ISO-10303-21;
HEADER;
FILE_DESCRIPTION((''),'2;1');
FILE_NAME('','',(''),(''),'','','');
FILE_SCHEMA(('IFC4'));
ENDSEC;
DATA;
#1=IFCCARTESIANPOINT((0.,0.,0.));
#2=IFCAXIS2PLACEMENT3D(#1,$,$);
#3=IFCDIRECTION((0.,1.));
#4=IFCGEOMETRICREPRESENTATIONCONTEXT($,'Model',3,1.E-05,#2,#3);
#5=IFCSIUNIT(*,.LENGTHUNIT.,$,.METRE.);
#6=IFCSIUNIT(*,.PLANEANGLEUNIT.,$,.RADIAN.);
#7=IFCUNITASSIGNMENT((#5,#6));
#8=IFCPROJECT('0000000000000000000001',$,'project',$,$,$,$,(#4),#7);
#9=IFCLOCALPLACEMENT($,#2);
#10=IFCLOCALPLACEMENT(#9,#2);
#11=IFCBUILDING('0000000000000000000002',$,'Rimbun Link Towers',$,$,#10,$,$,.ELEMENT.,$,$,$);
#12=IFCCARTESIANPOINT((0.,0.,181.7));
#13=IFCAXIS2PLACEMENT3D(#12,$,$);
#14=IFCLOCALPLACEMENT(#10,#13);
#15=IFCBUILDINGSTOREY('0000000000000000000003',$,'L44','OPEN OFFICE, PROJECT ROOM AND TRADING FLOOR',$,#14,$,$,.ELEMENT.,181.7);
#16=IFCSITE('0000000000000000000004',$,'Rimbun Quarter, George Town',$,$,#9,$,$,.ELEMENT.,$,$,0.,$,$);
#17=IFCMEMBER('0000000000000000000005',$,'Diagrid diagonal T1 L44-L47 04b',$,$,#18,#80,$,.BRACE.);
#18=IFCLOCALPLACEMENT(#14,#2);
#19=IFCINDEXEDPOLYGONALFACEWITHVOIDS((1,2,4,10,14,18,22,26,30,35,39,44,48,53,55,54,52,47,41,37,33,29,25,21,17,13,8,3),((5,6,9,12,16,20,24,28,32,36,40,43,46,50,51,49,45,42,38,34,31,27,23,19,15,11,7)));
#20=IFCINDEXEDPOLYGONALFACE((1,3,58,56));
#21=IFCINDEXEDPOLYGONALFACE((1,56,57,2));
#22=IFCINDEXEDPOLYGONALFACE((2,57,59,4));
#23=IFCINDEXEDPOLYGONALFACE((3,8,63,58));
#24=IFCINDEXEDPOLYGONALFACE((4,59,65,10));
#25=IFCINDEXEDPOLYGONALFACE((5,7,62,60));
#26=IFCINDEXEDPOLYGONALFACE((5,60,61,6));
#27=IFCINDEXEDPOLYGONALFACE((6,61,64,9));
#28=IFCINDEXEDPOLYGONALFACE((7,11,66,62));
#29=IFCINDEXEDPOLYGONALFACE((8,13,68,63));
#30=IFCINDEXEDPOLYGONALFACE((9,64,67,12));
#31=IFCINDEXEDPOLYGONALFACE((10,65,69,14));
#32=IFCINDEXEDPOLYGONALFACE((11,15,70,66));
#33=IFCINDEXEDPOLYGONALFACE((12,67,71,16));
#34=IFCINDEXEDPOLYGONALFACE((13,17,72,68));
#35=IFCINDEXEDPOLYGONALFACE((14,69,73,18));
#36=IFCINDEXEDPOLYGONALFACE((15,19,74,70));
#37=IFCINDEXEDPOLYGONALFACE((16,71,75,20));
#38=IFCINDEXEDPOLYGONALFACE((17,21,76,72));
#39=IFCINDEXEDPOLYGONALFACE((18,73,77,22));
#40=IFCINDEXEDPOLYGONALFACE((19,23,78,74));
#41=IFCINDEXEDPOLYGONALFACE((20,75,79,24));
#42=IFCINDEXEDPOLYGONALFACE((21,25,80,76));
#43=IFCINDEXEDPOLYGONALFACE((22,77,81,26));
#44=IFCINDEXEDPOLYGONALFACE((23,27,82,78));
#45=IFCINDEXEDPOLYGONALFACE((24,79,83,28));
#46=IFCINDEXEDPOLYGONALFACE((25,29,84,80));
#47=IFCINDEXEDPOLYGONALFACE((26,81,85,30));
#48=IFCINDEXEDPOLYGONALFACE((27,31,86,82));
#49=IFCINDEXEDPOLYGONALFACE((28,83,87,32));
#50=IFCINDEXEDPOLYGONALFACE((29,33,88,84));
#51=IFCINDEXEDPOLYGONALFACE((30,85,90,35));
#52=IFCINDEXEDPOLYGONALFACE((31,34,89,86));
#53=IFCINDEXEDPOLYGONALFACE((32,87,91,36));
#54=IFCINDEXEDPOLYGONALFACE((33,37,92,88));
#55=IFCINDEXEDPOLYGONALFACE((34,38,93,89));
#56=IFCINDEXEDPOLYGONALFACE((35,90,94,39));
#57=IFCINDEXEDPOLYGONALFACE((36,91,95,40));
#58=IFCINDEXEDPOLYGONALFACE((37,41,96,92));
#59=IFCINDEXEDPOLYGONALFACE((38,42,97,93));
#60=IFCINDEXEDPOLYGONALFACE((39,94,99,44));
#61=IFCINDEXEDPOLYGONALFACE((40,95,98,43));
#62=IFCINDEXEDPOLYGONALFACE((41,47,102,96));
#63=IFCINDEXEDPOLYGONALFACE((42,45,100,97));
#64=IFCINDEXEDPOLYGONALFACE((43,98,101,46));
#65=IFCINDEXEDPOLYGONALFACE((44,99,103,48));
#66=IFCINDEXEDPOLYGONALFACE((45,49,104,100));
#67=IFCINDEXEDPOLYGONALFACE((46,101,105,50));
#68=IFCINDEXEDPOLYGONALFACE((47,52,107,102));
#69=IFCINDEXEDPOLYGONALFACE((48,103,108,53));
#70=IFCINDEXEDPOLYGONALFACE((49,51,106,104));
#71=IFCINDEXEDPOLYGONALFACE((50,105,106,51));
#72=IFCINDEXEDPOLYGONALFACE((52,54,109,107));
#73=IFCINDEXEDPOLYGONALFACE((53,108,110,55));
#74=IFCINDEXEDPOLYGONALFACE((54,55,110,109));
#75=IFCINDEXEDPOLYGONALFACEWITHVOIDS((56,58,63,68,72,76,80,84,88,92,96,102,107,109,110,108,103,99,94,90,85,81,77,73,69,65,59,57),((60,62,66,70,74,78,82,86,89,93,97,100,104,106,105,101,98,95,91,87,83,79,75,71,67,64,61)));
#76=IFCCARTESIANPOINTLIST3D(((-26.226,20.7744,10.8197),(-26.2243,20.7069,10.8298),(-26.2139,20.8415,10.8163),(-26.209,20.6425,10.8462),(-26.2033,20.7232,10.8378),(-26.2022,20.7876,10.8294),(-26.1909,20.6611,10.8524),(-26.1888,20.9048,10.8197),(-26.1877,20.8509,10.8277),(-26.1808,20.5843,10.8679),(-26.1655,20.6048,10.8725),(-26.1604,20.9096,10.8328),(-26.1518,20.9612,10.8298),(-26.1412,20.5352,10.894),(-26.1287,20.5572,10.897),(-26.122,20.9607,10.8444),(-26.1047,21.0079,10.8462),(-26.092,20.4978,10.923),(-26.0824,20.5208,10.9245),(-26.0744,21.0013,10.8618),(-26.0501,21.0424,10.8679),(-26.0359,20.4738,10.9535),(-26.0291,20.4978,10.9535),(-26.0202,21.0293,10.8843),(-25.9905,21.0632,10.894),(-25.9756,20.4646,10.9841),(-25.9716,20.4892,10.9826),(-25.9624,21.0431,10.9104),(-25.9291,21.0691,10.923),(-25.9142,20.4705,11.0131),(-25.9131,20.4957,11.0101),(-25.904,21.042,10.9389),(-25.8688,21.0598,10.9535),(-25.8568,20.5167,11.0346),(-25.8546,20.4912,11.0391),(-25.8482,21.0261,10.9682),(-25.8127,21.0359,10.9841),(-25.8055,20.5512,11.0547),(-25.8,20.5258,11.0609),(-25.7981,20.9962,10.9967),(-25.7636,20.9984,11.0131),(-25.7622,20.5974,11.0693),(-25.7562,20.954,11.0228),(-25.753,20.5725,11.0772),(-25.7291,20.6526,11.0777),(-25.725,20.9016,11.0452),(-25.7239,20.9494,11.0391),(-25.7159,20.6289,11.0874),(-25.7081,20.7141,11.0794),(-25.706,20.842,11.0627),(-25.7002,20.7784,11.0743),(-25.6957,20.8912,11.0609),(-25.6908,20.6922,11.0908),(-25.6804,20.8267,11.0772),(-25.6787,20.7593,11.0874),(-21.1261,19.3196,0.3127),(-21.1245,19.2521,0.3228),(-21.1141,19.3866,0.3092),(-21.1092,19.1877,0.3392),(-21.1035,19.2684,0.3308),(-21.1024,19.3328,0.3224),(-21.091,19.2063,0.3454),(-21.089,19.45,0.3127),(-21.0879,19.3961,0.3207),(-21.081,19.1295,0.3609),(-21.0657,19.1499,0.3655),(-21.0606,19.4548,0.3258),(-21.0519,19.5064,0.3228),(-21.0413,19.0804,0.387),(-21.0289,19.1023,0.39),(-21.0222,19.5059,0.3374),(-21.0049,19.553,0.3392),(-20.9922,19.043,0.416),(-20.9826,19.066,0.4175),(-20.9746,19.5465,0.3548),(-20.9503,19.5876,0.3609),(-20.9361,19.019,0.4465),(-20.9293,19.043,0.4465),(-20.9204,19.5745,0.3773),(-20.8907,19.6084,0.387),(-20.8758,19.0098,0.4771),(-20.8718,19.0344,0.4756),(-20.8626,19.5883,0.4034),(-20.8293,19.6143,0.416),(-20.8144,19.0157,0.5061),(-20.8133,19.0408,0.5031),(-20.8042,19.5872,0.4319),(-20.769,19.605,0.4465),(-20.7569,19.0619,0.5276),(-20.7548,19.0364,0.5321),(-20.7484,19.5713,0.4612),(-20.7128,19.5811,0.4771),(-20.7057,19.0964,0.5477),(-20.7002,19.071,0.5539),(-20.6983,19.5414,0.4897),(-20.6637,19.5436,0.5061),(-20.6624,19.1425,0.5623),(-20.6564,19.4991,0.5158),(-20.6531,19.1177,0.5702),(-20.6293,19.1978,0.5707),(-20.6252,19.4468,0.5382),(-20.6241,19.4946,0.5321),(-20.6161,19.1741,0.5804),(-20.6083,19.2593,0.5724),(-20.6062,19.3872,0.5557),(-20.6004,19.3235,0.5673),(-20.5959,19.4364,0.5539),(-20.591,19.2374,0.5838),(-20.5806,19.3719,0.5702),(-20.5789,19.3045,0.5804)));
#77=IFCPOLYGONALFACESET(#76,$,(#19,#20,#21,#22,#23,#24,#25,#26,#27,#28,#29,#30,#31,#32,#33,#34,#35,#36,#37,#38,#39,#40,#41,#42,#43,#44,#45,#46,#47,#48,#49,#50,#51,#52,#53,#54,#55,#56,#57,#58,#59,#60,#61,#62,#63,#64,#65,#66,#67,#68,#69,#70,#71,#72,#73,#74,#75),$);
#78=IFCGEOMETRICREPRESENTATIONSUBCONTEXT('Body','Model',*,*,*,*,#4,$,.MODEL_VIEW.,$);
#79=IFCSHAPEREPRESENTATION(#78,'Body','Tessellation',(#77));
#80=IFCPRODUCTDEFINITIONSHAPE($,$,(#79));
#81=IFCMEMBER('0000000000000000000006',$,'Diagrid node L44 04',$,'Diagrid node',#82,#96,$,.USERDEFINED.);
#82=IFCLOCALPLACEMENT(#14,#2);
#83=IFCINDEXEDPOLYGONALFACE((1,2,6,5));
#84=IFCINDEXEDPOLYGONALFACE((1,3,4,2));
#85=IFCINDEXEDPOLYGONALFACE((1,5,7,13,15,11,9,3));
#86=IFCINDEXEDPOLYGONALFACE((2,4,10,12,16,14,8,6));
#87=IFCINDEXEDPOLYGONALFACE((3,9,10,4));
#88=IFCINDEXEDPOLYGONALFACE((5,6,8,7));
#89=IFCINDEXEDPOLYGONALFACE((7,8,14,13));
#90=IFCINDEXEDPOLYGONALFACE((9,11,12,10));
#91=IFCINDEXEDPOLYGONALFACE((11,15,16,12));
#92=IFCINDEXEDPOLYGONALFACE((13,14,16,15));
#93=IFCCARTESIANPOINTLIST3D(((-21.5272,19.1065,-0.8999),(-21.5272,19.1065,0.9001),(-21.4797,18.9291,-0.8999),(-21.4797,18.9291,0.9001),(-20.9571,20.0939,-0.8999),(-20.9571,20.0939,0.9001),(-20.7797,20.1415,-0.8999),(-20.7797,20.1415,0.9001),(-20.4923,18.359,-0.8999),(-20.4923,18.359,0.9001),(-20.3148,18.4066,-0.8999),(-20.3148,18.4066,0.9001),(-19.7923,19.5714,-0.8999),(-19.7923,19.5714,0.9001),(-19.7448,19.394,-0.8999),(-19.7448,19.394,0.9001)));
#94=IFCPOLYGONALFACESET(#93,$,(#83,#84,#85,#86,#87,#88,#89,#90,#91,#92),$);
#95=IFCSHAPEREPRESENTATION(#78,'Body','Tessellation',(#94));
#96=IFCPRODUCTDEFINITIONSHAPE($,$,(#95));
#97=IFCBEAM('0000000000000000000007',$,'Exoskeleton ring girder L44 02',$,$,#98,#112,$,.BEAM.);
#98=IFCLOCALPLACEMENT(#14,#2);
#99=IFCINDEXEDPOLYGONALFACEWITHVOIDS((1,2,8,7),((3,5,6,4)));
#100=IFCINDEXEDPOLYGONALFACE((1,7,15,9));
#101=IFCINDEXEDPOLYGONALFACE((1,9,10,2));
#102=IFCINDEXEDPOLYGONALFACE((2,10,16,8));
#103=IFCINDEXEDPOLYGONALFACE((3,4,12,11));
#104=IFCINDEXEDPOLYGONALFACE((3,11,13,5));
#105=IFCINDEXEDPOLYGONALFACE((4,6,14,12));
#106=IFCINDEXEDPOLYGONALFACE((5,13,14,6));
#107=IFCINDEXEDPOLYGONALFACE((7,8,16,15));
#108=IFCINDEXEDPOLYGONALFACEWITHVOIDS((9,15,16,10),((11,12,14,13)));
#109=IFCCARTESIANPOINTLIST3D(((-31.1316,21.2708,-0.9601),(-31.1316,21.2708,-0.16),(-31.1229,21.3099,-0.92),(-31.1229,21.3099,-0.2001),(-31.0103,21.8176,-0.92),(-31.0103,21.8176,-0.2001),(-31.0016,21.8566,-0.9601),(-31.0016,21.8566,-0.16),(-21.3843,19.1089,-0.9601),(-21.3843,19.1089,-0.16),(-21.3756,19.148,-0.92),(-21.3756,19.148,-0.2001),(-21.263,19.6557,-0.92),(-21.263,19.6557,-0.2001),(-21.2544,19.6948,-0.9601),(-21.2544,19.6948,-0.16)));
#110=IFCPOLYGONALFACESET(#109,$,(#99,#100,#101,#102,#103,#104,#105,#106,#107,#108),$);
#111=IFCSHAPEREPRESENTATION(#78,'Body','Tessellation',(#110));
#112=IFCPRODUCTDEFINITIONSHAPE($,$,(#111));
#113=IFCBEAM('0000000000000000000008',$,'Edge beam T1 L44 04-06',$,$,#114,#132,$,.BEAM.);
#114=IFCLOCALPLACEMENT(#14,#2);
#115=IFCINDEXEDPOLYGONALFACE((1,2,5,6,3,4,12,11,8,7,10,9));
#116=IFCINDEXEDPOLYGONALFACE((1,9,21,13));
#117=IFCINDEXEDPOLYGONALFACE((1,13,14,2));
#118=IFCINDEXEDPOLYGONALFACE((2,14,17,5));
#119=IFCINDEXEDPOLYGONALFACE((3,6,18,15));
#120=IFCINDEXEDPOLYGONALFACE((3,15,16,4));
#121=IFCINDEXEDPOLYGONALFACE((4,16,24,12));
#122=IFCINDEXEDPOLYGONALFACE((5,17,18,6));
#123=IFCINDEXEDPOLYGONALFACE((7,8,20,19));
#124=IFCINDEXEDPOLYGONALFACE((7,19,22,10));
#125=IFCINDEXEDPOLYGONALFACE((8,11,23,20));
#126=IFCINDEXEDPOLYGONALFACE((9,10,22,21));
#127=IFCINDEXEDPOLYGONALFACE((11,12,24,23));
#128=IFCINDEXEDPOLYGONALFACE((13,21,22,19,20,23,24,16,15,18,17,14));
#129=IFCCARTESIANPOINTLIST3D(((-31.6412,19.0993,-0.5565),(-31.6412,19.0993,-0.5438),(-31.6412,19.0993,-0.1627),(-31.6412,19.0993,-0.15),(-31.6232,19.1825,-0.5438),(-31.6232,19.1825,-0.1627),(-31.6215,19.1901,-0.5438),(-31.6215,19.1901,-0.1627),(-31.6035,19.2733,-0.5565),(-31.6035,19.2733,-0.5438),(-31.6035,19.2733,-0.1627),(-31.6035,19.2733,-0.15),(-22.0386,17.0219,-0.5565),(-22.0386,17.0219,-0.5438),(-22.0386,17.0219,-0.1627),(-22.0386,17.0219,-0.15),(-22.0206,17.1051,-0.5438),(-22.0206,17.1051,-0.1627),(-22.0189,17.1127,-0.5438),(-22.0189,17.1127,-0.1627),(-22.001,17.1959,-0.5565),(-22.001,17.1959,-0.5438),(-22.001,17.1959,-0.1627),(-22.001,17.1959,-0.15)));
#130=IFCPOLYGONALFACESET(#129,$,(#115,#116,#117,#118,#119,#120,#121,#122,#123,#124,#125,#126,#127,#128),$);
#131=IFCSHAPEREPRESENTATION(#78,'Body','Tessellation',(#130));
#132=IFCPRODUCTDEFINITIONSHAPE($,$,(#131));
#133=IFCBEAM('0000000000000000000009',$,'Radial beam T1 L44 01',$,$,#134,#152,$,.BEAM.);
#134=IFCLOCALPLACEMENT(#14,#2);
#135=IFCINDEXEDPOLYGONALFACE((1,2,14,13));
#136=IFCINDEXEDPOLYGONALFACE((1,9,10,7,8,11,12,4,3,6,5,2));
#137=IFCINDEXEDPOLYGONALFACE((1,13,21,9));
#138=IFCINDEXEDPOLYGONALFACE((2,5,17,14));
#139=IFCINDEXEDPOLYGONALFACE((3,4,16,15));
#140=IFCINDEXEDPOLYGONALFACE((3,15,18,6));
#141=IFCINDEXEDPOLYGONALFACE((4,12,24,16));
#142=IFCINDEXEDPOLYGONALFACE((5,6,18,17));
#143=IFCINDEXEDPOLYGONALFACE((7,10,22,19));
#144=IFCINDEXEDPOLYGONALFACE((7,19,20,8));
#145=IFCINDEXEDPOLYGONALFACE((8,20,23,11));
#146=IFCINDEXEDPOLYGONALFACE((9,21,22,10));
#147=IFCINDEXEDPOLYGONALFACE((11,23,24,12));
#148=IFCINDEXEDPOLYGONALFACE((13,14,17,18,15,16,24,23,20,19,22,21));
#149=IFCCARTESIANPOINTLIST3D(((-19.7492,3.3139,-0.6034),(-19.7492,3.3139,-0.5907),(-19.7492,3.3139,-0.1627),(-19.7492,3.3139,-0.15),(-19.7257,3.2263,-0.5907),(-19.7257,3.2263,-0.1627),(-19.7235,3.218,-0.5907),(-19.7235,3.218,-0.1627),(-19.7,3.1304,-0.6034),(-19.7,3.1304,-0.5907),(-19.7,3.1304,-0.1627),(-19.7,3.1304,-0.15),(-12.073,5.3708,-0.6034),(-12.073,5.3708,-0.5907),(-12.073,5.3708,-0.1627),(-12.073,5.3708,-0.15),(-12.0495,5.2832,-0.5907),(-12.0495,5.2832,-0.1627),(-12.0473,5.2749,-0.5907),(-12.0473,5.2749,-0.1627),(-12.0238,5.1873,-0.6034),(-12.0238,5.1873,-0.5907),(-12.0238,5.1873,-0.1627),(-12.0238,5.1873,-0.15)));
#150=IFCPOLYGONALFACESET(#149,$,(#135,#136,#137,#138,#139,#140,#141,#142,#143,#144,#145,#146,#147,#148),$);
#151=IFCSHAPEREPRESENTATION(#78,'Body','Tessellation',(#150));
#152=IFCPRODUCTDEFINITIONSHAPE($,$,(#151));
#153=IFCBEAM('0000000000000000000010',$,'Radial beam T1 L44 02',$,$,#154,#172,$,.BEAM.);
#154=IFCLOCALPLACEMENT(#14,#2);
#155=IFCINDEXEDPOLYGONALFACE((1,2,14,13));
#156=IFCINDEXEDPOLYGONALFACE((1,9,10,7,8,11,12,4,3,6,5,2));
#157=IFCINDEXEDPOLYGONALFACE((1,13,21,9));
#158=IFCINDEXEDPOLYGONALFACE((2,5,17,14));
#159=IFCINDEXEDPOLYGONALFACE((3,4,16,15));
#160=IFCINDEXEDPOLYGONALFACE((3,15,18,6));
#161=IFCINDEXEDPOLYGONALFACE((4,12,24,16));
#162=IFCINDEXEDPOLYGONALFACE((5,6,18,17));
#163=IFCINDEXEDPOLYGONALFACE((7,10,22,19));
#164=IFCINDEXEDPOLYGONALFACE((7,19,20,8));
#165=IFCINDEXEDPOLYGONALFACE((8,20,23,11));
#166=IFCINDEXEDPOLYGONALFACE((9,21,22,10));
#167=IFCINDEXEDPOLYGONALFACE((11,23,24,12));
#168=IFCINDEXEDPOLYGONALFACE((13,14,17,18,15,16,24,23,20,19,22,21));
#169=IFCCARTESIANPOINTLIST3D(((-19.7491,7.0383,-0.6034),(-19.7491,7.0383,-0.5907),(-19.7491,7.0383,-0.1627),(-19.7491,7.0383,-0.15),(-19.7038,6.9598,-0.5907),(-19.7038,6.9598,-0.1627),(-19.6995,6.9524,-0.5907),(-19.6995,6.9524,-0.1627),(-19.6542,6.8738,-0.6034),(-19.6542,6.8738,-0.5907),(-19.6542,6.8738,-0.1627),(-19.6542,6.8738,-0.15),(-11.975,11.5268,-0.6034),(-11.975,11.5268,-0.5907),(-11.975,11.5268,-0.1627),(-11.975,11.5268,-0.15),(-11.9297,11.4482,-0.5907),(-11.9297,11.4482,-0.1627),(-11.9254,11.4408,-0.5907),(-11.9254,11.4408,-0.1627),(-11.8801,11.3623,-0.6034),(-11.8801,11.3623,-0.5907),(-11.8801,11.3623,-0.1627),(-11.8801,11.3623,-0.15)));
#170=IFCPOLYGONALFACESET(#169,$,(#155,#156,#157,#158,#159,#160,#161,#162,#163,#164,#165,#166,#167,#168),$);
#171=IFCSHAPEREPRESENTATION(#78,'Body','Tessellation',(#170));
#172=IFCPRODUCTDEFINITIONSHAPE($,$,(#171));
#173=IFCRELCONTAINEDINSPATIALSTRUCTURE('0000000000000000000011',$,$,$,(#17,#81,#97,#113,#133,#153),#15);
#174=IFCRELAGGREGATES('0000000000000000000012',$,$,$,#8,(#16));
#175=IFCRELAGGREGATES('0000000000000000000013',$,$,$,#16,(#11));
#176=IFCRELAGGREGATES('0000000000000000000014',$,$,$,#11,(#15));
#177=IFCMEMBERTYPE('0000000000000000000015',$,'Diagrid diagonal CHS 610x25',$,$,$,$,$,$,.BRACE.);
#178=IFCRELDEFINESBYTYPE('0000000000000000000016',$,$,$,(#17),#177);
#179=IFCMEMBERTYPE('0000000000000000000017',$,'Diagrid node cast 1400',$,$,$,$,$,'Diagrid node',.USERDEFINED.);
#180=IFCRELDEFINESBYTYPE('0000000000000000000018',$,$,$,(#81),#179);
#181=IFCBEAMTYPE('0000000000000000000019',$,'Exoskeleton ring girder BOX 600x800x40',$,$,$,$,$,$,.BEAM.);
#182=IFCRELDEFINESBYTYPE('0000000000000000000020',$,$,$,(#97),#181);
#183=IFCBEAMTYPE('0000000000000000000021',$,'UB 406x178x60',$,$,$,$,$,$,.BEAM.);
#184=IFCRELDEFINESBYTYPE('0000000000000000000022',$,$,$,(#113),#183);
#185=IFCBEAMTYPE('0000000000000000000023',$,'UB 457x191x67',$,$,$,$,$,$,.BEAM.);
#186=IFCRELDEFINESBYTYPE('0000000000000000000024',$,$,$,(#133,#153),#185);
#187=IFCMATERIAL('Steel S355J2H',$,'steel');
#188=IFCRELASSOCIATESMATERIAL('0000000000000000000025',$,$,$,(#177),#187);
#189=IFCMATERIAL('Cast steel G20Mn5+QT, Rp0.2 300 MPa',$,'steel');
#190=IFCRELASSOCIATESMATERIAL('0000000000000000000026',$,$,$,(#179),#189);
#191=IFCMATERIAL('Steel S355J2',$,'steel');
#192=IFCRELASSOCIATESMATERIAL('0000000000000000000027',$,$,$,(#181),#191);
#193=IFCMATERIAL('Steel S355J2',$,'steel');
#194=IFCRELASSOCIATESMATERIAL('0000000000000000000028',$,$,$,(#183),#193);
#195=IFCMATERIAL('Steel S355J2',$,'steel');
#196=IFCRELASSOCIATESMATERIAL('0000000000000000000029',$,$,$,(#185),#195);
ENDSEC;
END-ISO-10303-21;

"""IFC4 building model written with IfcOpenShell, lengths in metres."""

from ifc_helpers import new_model, si_unit, direction, frame, origin, origin_2d, place, context, subcontext, project, spatial, polyline, hollow_rectangle, hollow_circle, i_section, outline, extrude, material, material_profile, profile_set, type_object, element, save


model = new_model("IFC4")

# Units and contexts
model_context = context("Model", 3, precision=1e-05, world=origin(), true_north=direction((0.0, 1.0)))
body_context = subcontext(model_context, "Body", "Model", "MODEL_VIEW")
ifc_project = project(units=[si_unit("LENGTHUNIT", "METRE"), si_unit("PLANEANGLEUNIT", "RADIAN")], contexts=[model_context])

# Site, building, storey
site_placement = place(None, origin())
site = spatial("IfcSite", under=ifc_project, at=site_placement, Name="Rimbun Quarter, George Town", CompositionType="ELEMENT", RefElevation=0.0)
building_placement = place(site_placement, origin())
building = spatial("IfcBuilding", under=site, at=building_placement, Name="Rimbun Link Towers", CompositionType="ELEMENT")
storey_placement = place(building_placement, frame((0.0, 0.0, 181.7)))
storey = spatial("IfcBuildingStorey", under=building, at=storey_placement, Name="L44", Description="OPEN OFFICE, PROJECT ROOM AND TRADING FLOOR", CompositionType="ELEMENT", Elevation=181.7)

# Members
ifc_material_1 = material(Name="Steel S355J2H", Category="steel")
ifc_material_profile_1 = material_profile(ifc_material_1, hollow_circle(Radius=0.3047, WallThickness=0.0249, at=origin_2d()), Name="Diagrid diagonal CHS 610x25")
ifc_profile_set_1 = profile_set([ifc_material_profile_1], Name="Steel S355J2H")
member_type_1 = type_object("IfcMemberType", Name="Diagrid diagonal CHS 610x25", PredefinedType="BRACE", material=ifc_profile_set_1)
member_1_placement = place(storey_placement, frame((-20.8525, 19.312, 0.4465), z_axis=(-0.433307, 0.123609, 0.892729), x_axis=(-0.274326, -0.961637, 0.0)))
element("IfcMember", 1, at=member_1_placement, inside=storey, type_object=member_type_1, Name="Diagrid diagonal T1 L44-L47 04b", PredefinedType="BRACE", context=body_context, shape_type="SweptSolid", body=[
    extrude(hollow_circle(Radius=0.3047, WallThickness=0.0249, at=origin_2d()), origin(), (0.0, 0.0, 1.0), 11.7695),
])
ifc_material_2 = material(Name="Cast steel G20Mn5+QT, Rp0.2 300 MPa", Category="steel")
ifc_material_profile_2 = material_profile(ifc_material_2, outline(polyline([(0.7, -0.5701), (0.7, 0.5701), (0.5701, 0.7), (-0.5701, 0.7), (-0.7, 0.5701), (-0.7, -0.5701), (-0.5701, -0.7), (0.5701, -0.7), (0.7, -0.5701)])), Name="NODE 1400x1400")
ifc_profile_set_2 = profile_set([ifc_material_profile_2], Name="Cast steel G20Mn5+QT, Rp0.2 300 MPa")
member_type_2 = type_object("IfcMemberType", Name="Diagrid node cast 1400", ElementType="Diagrid node", PredefinedType="USERDEFINED", material=ifc_profile_set_2)
member_2_placement = place(storey_placement, frame((-20.636, 19.2502, -0.8999), z_axis=(0.0, 0.0, 1.0), x_axis=(0.5, 0.866025, 0.0)))
element("IfcMember", 2, at=member_2_placement, inside=storey, type_object=member_type_2, Name="Diagrid node L44 04", ObjectType="Diagrid node", PredefinedType="USERDEFINED", context=body_context, shape_type="SweptSolid", body=[
    extrude(outline(polyline([(0.7, -0.5701), (0.7, 0.5701), (0.5701, 0.7), (-0.5701, 0.7), (-0.7, 0.5701), (-0.7, -0.5701), (-0.5701, -0.7), (0.5701, -0.7), (0.7, -0.5701)])), origin(), (0.0, 0.0, 1.0), 1.8),
])

# Beams
ifc_material_3 = material(Name="Steel S355J2", Category="steel")
ifc_material_profile_3 = material_profile(ifc_material_3, hollow_rectangle(XDim=0.6001, YDim=0.8, WallThickness=0.04, at=origin_2d()), Name="Exoskeleton ring girder BOX 600x800x40")
ifc_profile_set_3 = profile_set([ifc_material_profile_3], Name="Steel S355J2")
beam_type_1 = type_object("IfcBeamType", Name="Exoskeleton ring girder BOX 600x800x40", PredefinedType="BEAM", material=ifc_profile_set_3)
beam_1_placement = place(storey_placement, frame((-21.3193, 19.4019, -0.5601), z_axis=(-0.976276, 0.216529, 0.0), x_axis=(-0.216529, -0.976276, 0.0)))
element("IfcBeam", 3, at=beam_1_placement, inside=storey, type_object=beam_type_1, Name="Exoskeleton ring girder L44 02", PredefinedType="BEAM", context=body_context, shape_type="SweptSolid", body=[
    extrude(hollow_rectangle(XDim=0.6001, YDim=0.8, WallThickness=0.04, at=origin_2d()), origin(), (0.0, 0.0, 1.0), 9.9841),
])
ifc_material_4 = material(Name="Steel S355J2", Category="steel")
ifc_material_profile_4 = material_profile(ifc_material_4, i_section(OverallWidth=0.178, OverallDepth=0.4065, WebThickness=0.0078, FlangeThickness=0.0127, at=origin_2d()), Name="UB 406x178x60")
ifc_profile_set_4 = profile_set([ifc_material_profile_4], Name="Steel S355J2")
beam_type_2 = type_object("IfcBeamType", Name="UB 406x178x60", PredefinedType="BEAM", material=ifc_profile_set_4)
beam_2_placement = place(storey_placement, frame((-22.0198, 17.1089, -0.3533), z_axis=(-0.97739, 0.211446, 0.0), x_axis=(-0.211446, -0.97739, 0.0)))
element("IfcBeam", 4, at=beam_2_placement, inside=storey, type_object=beam_type_2, Name="Edge beam T1 L44 04-06", PredefinedType="BEAM", context=body_context, shape_type="SweptSolid", body=[
    extrude(i_section(OverallWidth=0.178, OverallDepth=0.4065, WebThickness=0.0078, FlangeThickness=0.0127, at=origin_2d()), origin(), (0.0, 0.0, 1.0), 9.8247),
])
ifc_material_5 = material(Name="Steel S355J2", Category="steel")
ifc_material_profile_5 = material_profile(ifc_material_5, i_section(OverallWidth=0.1899, OverallDepth=0.4534, WebThickness=0.0085, FlangeThickness=0.0127, at=origin_2d()), Name="UB 457x191x67")
ifc_profile_set_5 = profile_set([ifc_material_profile_5], Name="Steel S355J2")
beam_type_3 = type_object("IfcBeamType", Name="UB 457x191x67", PredefinedType="BEAM", material=ifc_profile_set_5)
beam_3_placement = place(storey_placement, frame((-19.7246, 3.2222, -0.3767), z_axis=(0.965925, 0.258823, 0.0), x_axis=(-0.258823, 0.965925, 0.0)))
element("IfcBeam", 5, at=beam_3_placement, inside=storey, type_object=beam_type_3, Name="Radial beam T1 L44 01", PredefinedType="BEAM", context=body_context, shape_type="SweptSolid", body=[
    extrude(i_section(OverallWidth=0.1899, OverallDepth=0.4534, WebThickness=0.0085, FlangeThickness=0.0127, at=origin_2d()), origin(), (0.0, 0.0, 1.0), 7.947),
])
beam_4_placement = place(storey_placement, frame((-19.7017, 6.9561, -0.3767), z_axis=(0.86602, 0.500009, 0.0), x_axis=(-0.500009, 0.86602, 0.0)))
element("IfcBeam", 6, at=beam_4_placement, inside=storey, type_object=beam_type_3, Name="Radial beam T1 L44 02", PredefinedType="BEAM", context=body_context, shape_type="SweptSolid", body=[
    extrude(i_section(OverallWidth=0.1899, OverallDepth=0.4534, WebThickness=0.0085, FlangeThickness=0.0127, at=origin_2d()), origin(), (0.0, 0.0, 1.0), 8.9768),
])

save(model, "model.ifc")
